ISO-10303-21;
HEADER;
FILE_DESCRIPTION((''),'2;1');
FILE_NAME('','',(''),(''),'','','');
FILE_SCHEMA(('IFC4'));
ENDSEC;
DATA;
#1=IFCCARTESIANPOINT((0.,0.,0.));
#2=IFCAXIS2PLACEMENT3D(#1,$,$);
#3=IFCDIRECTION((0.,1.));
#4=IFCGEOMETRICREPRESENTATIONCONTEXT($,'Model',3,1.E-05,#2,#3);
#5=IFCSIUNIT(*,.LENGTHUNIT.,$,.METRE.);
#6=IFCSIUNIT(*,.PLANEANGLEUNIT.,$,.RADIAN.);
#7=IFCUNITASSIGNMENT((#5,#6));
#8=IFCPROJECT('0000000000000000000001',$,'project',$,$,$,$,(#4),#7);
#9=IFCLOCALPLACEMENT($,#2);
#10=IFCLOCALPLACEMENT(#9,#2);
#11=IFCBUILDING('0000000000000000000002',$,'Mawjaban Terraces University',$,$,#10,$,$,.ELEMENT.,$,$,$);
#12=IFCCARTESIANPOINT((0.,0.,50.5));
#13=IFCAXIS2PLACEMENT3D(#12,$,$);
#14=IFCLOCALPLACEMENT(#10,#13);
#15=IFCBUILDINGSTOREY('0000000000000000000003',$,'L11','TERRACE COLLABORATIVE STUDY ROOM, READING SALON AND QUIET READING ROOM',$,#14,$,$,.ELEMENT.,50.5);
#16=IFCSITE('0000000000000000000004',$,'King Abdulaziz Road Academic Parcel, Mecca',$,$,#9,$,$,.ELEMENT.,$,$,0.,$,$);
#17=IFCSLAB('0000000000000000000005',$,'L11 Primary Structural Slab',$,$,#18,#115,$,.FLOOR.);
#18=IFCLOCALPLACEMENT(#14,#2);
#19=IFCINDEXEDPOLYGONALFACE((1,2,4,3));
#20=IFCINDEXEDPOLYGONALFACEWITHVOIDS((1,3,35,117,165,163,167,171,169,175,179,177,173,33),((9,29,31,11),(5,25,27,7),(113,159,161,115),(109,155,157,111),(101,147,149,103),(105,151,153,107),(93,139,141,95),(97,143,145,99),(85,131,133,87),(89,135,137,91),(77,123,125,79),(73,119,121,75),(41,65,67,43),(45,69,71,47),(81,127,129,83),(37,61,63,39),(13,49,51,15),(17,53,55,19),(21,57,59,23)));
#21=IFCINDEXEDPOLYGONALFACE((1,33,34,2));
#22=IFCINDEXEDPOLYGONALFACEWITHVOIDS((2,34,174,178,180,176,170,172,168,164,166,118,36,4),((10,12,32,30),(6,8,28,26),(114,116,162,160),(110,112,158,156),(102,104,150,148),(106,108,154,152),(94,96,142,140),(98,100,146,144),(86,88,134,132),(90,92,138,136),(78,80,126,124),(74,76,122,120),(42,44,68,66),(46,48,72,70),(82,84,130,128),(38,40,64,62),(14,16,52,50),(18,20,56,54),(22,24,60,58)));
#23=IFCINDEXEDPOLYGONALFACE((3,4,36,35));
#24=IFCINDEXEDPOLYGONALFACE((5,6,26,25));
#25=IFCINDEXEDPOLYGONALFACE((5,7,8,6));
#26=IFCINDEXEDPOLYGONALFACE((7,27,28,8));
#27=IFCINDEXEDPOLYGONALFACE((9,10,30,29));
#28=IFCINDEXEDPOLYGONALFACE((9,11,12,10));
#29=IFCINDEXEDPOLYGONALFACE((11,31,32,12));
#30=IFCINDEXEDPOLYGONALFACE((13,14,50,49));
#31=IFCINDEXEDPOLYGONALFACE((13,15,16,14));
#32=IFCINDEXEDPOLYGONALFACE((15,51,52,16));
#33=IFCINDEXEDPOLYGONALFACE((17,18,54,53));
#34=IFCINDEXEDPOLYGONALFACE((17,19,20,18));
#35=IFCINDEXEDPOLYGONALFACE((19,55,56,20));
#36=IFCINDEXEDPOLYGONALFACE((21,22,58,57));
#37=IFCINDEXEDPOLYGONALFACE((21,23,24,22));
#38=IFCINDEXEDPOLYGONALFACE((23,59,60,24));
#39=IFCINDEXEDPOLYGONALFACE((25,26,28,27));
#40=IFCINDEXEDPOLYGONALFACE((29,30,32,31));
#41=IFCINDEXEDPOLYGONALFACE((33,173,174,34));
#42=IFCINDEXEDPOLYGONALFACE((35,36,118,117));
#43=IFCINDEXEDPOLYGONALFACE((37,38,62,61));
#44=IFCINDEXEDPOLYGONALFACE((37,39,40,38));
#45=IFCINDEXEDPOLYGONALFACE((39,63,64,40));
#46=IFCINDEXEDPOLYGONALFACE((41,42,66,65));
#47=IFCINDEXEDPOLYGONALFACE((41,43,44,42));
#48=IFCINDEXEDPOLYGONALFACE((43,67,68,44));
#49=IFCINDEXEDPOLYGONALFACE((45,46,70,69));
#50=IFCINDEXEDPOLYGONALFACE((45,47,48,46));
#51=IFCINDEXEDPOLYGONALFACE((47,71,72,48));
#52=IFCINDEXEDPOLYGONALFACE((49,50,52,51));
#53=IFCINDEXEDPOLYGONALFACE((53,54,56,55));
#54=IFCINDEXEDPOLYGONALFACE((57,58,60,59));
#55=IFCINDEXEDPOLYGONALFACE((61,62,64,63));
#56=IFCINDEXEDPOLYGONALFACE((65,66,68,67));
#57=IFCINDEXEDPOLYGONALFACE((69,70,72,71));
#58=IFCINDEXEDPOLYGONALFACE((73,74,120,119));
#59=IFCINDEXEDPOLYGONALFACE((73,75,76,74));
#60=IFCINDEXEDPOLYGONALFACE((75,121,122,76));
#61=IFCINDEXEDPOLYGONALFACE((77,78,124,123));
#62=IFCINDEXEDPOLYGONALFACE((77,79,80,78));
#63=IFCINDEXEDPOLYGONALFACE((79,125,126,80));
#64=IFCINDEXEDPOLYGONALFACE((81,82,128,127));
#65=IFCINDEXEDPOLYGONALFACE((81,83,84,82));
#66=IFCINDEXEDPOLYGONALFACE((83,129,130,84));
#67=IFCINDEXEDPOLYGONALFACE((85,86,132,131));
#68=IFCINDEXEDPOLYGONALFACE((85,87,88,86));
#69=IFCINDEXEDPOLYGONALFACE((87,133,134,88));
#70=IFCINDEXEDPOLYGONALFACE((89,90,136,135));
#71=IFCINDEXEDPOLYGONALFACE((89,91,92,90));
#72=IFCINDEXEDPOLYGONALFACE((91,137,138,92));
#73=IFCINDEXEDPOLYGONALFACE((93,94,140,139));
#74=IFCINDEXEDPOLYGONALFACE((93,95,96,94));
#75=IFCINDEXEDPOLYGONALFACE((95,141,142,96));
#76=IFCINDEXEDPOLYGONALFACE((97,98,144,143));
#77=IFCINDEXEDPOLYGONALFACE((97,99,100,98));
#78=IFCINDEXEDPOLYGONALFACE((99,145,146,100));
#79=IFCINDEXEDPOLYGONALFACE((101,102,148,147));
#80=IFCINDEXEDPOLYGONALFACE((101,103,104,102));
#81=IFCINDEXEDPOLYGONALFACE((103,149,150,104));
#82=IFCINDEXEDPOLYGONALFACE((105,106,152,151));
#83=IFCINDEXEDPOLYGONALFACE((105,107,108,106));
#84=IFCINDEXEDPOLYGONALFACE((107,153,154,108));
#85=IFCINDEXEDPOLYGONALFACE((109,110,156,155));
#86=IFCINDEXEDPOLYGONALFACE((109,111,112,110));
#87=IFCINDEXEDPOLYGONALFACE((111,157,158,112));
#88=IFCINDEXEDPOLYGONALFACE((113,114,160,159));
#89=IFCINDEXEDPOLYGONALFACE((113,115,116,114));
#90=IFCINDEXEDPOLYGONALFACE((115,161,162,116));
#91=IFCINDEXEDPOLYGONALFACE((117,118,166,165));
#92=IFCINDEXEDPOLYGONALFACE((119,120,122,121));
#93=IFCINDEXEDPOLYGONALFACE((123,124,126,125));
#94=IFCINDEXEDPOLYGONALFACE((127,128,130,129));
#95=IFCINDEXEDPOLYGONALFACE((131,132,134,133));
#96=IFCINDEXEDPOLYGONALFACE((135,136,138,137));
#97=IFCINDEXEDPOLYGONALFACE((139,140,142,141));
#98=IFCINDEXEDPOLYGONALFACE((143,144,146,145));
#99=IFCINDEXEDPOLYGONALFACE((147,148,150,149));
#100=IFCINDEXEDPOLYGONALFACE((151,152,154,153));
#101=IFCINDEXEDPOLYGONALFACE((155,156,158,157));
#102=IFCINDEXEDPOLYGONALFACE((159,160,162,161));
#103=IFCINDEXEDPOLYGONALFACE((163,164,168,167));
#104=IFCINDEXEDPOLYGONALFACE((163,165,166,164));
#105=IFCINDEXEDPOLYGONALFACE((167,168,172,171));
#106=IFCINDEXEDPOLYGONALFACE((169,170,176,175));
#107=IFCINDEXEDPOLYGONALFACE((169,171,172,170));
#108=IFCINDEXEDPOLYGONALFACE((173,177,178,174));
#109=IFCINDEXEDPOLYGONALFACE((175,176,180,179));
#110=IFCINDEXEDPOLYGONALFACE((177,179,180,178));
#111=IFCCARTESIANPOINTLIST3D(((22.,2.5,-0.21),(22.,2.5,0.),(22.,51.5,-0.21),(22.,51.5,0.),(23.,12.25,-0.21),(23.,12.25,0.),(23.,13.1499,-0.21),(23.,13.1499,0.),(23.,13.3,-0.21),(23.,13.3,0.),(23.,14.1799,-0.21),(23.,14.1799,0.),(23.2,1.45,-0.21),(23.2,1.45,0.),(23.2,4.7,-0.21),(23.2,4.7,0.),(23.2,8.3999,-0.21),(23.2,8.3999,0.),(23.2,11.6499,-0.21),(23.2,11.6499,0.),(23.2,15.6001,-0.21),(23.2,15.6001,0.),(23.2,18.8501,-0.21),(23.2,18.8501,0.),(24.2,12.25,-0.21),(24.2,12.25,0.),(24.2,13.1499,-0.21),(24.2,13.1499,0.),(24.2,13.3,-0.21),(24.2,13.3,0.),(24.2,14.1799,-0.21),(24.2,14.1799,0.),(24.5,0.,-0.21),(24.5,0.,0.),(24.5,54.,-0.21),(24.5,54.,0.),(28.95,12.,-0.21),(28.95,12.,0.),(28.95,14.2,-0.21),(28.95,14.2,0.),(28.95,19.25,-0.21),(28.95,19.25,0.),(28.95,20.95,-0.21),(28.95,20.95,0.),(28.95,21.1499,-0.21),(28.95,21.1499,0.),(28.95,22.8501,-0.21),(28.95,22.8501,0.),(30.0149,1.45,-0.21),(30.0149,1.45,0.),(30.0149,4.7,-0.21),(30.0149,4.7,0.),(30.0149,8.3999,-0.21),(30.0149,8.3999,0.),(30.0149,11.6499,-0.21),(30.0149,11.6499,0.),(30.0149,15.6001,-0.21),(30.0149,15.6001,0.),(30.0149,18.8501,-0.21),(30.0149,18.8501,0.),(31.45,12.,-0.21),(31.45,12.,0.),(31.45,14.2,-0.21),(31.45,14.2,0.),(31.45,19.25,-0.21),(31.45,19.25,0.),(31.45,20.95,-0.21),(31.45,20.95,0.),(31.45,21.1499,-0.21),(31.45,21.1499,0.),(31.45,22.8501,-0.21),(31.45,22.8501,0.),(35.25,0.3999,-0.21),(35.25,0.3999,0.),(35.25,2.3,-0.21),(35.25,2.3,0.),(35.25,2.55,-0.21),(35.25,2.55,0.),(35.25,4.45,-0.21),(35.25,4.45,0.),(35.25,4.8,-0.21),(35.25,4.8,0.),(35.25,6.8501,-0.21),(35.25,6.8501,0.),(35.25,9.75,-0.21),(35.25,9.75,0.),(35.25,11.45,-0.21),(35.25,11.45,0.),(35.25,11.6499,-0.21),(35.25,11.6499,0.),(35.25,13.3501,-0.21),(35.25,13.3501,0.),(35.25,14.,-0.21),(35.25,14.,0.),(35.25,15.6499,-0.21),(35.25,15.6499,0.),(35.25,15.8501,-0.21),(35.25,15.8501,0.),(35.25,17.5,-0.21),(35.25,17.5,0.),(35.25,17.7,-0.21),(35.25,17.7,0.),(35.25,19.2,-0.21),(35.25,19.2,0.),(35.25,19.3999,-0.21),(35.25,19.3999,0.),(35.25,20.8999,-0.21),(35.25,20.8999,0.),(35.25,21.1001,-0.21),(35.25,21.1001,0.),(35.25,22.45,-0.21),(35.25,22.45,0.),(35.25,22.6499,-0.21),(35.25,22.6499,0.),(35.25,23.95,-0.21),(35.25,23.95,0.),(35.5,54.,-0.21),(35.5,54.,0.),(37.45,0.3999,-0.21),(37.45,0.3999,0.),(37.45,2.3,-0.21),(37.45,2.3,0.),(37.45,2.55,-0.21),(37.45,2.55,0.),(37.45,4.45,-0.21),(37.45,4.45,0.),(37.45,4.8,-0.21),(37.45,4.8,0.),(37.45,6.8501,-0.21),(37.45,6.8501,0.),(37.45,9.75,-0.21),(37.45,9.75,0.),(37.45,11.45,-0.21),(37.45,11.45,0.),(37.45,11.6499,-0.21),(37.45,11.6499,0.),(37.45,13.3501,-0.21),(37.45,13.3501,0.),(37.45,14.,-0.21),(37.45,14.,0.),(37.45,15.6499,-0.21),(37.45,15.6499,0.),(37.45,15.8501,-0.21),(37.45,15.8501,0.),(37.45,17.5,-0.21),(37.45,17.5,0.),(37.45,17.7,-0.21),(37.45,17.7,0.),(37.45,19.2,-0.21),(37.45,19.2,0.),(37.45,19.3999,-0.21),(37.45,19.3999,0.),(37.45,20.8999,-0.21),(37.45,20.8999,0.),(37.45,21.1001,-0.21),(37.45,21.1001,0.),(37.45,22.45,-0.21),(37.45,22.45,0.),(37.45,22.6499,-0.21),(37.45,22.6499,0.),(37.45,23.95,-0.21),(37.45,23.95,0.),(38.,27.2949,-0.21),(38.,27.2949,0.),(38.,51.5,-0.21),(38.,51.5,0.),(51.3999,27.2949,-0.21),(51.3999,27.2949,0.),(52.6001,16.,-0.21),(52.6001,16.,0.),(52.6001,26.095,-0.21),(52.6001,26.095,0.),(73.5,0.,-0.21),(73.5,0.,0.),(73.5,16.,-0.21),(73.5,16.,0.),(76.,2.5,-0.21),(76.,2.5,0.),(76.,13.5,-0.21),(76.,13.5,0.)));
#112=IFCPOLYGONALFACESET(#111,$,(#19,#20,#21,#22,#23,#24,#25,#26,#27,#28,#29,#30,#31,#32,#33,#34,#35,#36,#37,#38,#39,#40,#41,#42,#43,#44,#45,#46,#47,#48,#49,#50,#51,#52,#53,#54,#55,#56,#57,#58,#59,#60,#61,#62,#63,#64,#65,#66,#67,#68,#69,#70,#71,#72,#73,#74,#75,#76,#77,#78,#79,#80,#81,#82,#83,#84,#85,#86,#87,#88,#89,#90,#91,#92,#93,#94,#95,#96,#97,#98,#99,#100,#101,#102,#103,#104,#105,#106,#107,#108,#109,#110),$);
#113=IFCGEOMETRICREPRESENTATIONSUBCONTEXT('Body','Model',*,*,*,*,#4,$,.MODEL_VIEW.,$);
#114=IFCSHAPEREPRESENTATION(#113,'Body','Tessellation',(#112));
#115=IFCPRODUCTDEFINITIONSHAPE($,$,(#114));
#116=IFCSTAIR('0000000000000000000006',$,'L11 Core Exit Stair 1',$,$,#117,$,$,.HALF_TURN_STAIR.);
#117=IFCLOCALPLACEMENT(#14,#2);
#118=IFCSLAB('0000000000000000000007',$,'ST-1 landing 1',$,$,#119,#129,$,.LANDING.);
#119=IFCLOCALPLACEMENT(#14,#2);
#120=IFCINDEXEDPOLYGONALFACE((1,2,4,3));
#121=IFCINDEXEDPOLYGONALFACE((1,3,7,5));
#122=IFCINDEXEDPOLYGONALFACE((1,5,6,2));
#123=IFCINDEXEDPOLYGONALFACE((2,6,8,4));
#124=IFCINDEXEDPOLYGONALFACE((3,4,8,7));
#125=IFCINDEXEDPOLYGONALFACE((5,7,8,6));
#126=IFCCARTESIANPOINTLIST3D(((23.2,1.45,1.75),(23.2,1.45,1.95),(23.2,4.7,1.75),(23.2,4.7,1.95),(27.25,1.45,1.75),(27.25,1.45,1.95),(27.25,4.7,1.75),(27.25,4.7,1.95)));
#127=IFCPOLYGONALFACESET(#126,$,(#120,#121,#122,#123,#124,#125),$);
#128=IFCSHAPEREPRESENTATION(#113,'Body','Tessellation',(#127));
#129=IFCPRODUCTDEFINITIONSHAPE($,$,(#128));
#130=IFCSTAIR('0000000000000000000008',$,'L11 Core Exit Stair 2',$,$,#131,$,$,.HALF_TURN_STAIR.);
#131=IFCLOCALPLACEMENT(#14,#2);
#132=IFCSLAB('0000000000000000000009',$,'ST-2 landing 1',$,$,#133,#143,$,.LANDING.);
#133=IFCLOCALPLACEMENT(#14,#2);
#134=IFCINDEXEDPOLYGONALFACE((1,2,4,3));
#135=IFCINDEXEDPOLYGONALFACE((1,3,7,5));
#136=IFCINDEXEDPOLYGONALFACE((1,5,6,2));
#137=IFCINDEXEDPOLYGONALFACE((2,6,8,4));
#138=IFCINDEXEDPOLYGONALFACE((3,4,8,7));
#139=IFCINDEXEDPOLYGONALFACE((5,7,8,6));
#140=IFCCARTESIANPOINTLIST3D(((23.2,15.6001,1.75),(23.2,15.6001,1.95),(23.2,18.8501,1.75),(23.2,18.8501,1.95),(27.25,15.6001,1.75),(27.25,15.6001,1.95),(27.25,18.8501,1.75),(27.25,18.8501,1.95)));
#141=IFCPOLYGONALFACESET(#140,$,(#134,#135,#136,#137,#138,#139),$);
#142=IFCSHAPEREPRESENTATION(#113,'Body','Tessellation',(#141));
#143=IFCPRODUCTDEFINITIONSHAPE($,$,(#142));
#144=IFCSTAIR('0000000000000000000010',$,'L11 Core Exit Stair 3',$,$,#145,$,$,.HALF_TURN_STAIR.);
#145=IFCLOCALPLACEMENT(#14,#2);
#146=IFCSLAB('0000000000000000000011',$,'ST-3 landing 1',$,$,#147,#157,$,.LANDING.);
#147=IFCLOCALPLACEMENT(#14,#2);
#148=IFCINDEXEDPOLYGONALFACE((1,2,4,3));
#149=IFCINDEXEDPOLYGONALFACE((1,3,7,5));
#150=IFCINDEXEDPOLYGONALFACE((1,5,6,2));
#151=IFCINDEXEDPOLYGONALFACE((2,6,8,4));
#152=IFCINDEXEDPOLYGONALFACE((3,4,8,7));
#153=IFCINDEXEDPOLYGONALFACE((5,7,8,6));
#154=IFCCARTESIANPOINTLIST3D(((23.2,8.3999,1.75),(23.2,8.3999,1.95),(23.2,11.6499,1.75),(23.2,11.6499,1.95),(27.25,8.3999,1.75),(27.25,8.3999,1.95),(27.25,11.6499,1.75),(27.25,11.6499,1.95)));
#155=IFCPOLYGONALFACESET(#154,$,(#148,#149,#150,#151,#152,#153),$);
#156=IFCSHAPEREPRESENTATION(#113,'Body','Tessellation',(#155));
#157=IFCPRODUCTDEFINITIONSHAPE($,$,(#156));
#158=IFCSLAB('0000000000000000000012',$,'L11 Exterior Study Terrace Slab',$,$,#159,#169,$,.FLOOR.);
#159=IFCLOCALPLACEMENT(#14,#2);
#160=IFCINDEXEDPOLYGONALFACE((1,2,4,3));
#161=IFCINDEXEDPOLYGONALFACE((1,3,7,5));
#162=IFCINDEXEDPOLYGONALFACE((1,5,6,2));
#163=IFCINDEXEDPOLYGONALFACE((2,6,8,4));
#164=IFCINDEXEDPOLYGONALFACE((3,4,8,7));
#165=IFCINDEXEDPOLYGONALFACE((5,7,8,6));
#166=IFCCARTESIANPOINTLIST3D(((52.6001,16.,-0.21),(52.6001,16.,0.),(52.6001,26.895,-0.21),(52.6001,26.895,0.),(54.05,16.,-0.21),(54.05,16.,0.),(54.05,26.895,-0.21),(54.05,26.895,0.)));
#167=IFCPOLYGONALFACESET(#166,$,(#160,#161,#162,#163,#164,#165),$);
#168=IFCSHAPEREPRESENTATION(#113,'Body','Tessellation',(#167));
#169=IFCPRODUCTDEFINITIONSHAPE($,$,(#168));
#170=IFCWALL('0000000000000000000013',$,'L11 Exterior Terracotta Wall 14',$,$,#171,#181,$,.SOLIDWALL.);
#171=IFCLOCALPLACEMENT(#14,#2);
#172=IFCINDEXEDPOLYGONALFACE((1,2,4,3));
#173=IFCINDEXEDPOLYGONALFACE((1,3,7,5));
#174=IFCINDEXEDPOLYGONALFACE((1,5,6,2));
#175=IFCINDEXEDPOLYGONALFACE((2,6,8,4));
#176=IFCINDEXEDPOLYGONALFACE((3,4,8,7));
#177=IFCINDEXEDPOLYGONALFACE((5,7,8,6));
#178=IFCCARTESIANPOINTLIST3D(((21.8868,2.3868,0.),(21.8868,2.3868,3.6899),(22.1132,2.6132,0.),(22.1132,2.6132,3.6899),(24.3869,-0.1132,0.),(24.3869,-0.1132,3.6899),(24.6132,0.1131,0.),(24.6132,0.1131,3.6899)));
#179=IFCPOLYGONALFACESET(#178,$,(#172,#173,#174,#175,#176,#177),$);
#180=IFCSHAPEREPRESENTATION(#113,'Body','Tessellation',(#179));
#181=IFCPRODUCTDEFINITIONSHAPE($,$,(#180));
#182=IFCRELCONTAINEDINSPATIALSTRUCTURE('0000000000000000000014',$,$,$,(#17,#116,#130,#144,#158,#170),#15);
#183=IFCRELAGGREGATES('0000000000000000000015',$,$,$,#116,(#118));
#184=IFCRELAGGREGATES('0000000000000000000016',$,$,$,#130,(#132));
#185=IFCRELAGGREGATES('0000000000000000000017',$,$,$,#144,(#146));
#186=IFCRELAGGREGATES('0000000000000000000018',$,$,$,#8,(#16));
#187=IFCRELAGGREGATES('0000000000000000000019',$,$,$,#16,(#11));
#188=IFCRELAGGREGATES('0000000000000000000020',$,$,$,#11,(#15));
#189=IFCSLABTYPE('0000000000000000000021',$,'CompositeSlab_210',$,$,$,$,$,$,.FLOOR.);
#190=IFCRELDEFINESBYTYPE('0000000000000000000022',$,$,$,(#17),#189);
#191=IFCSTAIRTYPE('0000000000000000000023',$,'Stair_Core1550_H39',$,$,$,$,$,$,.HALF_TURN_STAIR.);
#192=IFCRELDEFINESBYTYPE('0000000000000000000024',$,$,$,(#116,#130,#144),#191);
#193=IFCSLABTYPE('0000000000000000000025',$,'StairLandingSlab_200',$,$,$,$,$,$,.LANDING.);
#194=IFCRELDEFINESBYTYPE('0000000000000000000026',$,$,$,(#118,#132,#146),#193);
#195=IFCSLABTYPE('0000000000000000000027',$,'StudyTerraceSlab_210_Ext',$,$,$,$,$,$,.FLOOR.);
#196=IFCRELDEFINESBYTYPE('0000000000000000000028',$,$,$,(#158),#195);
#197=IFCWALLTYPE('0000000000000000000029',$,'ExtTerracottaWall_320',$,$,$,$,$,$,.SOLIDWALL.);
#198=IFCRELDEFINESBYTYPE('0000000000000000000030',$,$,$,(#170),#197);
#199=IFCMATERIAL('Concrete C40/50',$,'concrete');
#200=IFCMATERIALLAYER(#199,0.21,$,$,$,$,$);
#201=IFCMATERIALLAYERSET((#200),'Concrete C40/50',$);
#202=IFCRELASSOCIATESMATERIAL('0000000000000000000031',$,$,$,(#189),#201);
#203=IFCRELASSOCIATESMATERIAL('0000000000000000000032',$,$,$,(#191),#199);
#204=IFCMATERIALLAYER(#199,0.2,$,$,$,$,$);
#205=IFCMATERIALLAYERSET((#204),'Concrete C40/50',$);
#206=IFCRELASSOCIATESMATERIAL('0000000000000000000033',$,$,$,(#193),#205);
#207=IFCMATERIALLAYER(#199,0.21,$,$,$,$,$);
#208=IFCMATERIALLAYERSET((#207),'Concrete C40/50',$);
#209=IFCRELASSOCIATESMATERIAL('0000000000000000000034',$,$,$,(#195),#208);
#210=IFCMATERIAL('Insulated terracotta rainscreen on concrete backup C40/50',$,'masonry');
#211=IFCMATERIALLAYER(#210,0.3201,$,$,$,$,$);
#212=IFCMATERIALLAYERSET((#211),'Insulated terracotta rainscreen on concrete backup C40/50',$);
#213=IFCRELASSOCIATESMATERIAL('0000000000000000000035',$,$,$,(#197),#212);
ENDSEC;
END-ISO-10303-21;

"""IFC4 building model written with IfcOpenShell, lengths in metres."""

from ifc_helpers import new_model, si_unit, direction, frame, frame_2d, origin, place, context, subcontext, project, spatial, polyline, rectangle, outline, extrude, material, layer, layer_set, type_object, element, aggregate, save


model = new_model("IFC4")

# Units and contexts
model_context = context("Model", 3, precision=1e-05, world=origin(), true_north=direction((0.0, 1.0)))
body_context = subcontext(model_context, "Body", "Model", "MODEL_VIEW")
ifc_project = project(units=[si_unit("LENGTHUNIT", "METRE"), si_unit("PLANEANGLEUNIT", "RADIAN")], contexts=[model_context])

# Site, building, storey
site_placement = place(None, origin())
site = spatial("IfcSite", under=ifc_project, at=site_placement, Name="King Abdulaziz Road Academic Parcel, Mecca", CompositionType="ELEMENT", RefElevation=0.0)
building_placement = place(site_placement, origin())
building = spatial("IfcBuilding", under=site, at=building_placement, Name="Mawjaban Terraces University", CompositionType="ELEMENT")
storey_placement = place(building_placement, frame((0.0, 0.0, 50.5)))
storey = spatial("IfcBuildingStorey", under=building, at=storey_placement, Name="L11", Description="TERRACE COLLABORATIVE STUDY ROOM, READING SALON AND QUIET READING ROOM", CompositionType="ELEMENT", Elevation=50.5)

# Slab
ifc_material_1 = material(Name="Concrete C40/50", Category="concrete")
ifc_layer_1 = layer(ifc_material_1, 0.21)
ifc_layer_set_1 = layer_set([ifc_layer_1], Name="Concrete C40/50")
slab_type_1 = type_object("IfcSlabType", Name="CompositeSlab_210", PredefinedType="FLOOR", material=ifc_layer_set_1)
slab_1_placement = place(storey_placement, frame((0.0, 0.0, -0.21)))
element("IfcSlab", 1, at=slab_1_placement, inside=storey, type_object=slab_type_1, Name="L11 Primary Structural Slab", PredefinedType="FLOOR", context=body_context, shape_type="SweptSolid", body=[
    extrude(outline(polyline([(24.5, 0.0), (73.5, 0.0), (76.0, 2.5), (76.0, 13.5), (73.5, 16.0), (52.6001, 16.0), (52.6001, 26.095), (51.3999, 27.2949), (38.0, 27.2949), (38.0, 51.5), (35.5, 54.0), (24.5, 54.0), (22.0, 51.5), (22.0, 2.5), (24.5, 0.0)]), holes=[polyline([(30.0149, 4.7), (23.2, 4.7), (23.2, 1.45), (30.0149, 1.45), (30.0149, 4.7)]), polyline([(30.0149, 18.8501), (23.2, 18.8501), (23.2, 15.6001), (30.0149, 15.6001), (30.0149, 18.8501)]), polyline([(30.0149, 11.6499), (23.2, 11.6499), (23.2, 8.3999), (30.0149, 8.3999), (30.0149, 11.6499)]), polyline([(35.25, 0.3999), (37.45, 0.3999), (37.45, 2.3), (35.25, 2.3), (35.25, 0.3999)]), polyline([(35.25, 2.55), (37.45, 2.55), (37.45, 4.45), (35.25, 4.45), (35.25, 2.55)]), polyline([(35.25, 4.8), (37.45, 4.8), (37.45, 6.8501), (35.25, 6.8501), (35.25, 4.8)]), polyline([(35.25, 9.75), (37.45, 9.75), (37.45, 11.45), (35.25, 11.45), (35.25, 9.75)]), polyline([(35.25, 11.6499), (37.45, 11.6499), (37.45, 13.3501), (35.25, 13.3501), (35.25, 11.6499)]), polyline([(28.95, 12.0), (31.45, 12.0), (31.45, 14.2), (28.95, 14.2), (28.95, 12.0)]), polyline([(35.25, 14.0), (37.45, 14.0), (37.45, 15.6499), (35.25, 15.6499), (35.25, 14.0)]), polyline([(35.25, 15.8501), (37.45, 15.8501), (37.45, 17.5), (35.25, 17.5), (35.25, 15.8501)]), polyline([(35.25, 17.7), (37.45, 17.7), (37.45, 19.2), (35.25, 19.2), (35.25, 17.7)]), polyline([(35.25, 19.3999), (37.45, 19.3999), (37.45, 20.8999), (35.25, 20.8999), (35.25, 19.3999)]), polyline([(28.95, 19.25), (31.45, 19.25), (31.45, 20.95), (28.95, 20.95), (28.95, 19.25)]), polyline([(35.25, 21.1001), (37.45, 21.1001), (37.45, 22.45), (35.25, 22.45), (35.25, 21.1001)]), polyline([(35.25, 22.6499), (37.45, 22.6499), (37.45, 23.95), (35.25, 23.95), (35.25, 22.6499)]), polyline([(28.95, 21.1499), (31.45, 21.1499), (31.45, 22.8501), (28.95, 22.8501), (28.95, 21.1499)]), polyline([(23.0, 12.25), (24.2, 12.25), (24.2, 13.1499), (23.0, 13.1499), (23.0, 12.25)]), polyline([(23.0, 13.3), (24.2, 13.3), (24.2, 14.1799), (23.0, 14.1799), (23.0, 13.3)])]), origin(), (0.0, 0.0, 1.0), 0.21),
])

# Stairs, slabs
stair_type = type_object("IfcStairType", Name="Stair_Core1550_H39", PredefinedType="HALF_TURN_STAIR", material=ifc_material_1)
stair_1_placement = place(storey_placement, origin())
stair_1 = element("IfcStair", 2, at=stair_1_placement, inside=storey, type_object=stair_type, Name="L11 Core Exit Stair 1", PredefinedType="HALF_TURN_STAIR")
ifc_layer_2 = layer(ifc_material_1, 0.2)
ifc_layer_set_2 = layer_set([ifc_layer_2], Name="Concrete C40/50")
slab_type_2 = type_object("IfcSlabType", Name="StairLandingSlab_200", PredefinedType="LANDING", material=ifc_layer_set_2)
slab_2_placement = place(storey_placement, frame((0.0, 0.0, 1.75)))
slab_2 = element("IfcSlab", 3, at=slab_2_placement, type_object=slab_type_2, Name="ST-1 landing 1", PredefinedType="LANDING", context=body_context, shape_type="SweptSolid", body=[
    extrude(outline(polyline([(27.25, 4.7), (23.2, 4.7), (23.2, 1.45), (27.25, 1.45), (27.25, 4.7)])), origin(), (0.0, 0.0, 1.0), 0.2),
])
aggregate(stair_1, [slab_2])
stair_2_placement = place(storey_placement, origin())
stair_2 = element("IfcStair", 4, at=stair_2_placement, inside=storey, type_object=stair_type, Name="L11 Core Exit Stair 2", PredefinedType="HALF_TURN_STAIR")
slab_3_placement = place(storey_placement, frame((0.0, 0.0, 1.75)))
slab_3 = element("IfcSlab", 5, at=slab_3_placement, type_object=slab_type_2, Name="ST-2 landing 1", PredefinedType="LANDING", context=body_context, shape_type="SweptSolid", body=[
    extrude(outline(polyline([(27.25, 18.8501), (23.2, 18.8501), (23.2, 15.6001), (27.25, 15.6001), (27.25, 18.8501)])), origin(), (0.0, 0.0, 1.0), 0.2),
])
aggregate(stair_2, [slab_3])
stair_3_placement = place(storey_placement, origin())
stair_3 = element("IfcStair", 6, at=stair_3_placement, inside=storey, type_object=stair_type, Name="L11 Core Exit Stair 3", PredefinedType="HALF_TURN_STAIR")
slab_4_placement = place(storey_placement, frame((0.0, 0.0, 1.75)))
slab_4 = element("IfcSlab", 7, at=slab_4_placement, type_object=slab_type_2, Name="ST-3 landing 1", PredefinedType="LANDING", context=body_context, shape_type="SweptSolid", body=[
    extrude(outline(polyline([(27.25, 11.6499), (23.2, 11.6499), (23.2, 8.3999), (27.25, 8.3999), (27.25, 11.6499)])), origin(), (0.0, 0.0, 1.0), 0.2),
])
aggregate(stair_3, [slab_4])

# Slab
ifc_layer_3 = layer(ifc_material_1, 0.21)
ifc_layer_set_3 = layer_set([ifc_layer_3], Name="Concrete C40/50")
slab_type_3 = type_object("IfcSlabType", Name="StudyTerraceSlab_210_Ext", PredefinedType="FLOOR", material=ifc_layer_set_3)
slab_5_placement = place(storey_placement, frame((0.0, 0.0, -0.21)))
element("IfcSlab", 8, at=slab_5_placement, inside=storey, type_object=slab_type_3, Name="L11 Exterior Study Terrace Slab", PredefinedType="FLOOR", context=body_context, shape_type="SweptSolid", body=[
    extrude(outline(polyline([(52.6001, 16.0), (54.05, 16.0), (54.05, 26.895), (52.6001, 26.895), (52.6001, 16.0)])), origin(), (0.0, 0.0, 1.0), 0.21),
])

# Wall
ifc_material_2 = material(Name="Insulated terracotta rainscreen on concrete backup C40/50", Category="masonry")
ifc_layer_4 = layer(ifc_material_2, 0.3201)
ifc_layer_set_4 = layer_set([ifc_layer_4], Name="Insulated terracotta rainscreen on concrete backup C40/50")
wall_type_1 = type_object("IfcWallType", Name="ExtTerracottaWall_320", PredefinedType="SOLIDWALL", material=ifc_layer_set_4)
wall_1_placement = place(storey_placement, frame((22.0, 2.5, 0.0), z_axis=(0.0, 0.0, 1.0), x_axis=(0.707107, -0.707107, 0.0)))
element("IfcWall", 9, at=wall_1_placement, inside=storey, type_object=wall_type_1, Name="L11 Exterior Terracotta Wall 14", PredefinedType="SOLIDWALL", context=body_context, shape_type="SweptSolid", body=[
    extrude(rectangle(XDim=3.5356, YDim=0.3201, at=frame_2d((1.7678, 0.0))), origin(), (0.0, 0.0, 1.0), 3.6899),
])

save(model, "model.ifc")
